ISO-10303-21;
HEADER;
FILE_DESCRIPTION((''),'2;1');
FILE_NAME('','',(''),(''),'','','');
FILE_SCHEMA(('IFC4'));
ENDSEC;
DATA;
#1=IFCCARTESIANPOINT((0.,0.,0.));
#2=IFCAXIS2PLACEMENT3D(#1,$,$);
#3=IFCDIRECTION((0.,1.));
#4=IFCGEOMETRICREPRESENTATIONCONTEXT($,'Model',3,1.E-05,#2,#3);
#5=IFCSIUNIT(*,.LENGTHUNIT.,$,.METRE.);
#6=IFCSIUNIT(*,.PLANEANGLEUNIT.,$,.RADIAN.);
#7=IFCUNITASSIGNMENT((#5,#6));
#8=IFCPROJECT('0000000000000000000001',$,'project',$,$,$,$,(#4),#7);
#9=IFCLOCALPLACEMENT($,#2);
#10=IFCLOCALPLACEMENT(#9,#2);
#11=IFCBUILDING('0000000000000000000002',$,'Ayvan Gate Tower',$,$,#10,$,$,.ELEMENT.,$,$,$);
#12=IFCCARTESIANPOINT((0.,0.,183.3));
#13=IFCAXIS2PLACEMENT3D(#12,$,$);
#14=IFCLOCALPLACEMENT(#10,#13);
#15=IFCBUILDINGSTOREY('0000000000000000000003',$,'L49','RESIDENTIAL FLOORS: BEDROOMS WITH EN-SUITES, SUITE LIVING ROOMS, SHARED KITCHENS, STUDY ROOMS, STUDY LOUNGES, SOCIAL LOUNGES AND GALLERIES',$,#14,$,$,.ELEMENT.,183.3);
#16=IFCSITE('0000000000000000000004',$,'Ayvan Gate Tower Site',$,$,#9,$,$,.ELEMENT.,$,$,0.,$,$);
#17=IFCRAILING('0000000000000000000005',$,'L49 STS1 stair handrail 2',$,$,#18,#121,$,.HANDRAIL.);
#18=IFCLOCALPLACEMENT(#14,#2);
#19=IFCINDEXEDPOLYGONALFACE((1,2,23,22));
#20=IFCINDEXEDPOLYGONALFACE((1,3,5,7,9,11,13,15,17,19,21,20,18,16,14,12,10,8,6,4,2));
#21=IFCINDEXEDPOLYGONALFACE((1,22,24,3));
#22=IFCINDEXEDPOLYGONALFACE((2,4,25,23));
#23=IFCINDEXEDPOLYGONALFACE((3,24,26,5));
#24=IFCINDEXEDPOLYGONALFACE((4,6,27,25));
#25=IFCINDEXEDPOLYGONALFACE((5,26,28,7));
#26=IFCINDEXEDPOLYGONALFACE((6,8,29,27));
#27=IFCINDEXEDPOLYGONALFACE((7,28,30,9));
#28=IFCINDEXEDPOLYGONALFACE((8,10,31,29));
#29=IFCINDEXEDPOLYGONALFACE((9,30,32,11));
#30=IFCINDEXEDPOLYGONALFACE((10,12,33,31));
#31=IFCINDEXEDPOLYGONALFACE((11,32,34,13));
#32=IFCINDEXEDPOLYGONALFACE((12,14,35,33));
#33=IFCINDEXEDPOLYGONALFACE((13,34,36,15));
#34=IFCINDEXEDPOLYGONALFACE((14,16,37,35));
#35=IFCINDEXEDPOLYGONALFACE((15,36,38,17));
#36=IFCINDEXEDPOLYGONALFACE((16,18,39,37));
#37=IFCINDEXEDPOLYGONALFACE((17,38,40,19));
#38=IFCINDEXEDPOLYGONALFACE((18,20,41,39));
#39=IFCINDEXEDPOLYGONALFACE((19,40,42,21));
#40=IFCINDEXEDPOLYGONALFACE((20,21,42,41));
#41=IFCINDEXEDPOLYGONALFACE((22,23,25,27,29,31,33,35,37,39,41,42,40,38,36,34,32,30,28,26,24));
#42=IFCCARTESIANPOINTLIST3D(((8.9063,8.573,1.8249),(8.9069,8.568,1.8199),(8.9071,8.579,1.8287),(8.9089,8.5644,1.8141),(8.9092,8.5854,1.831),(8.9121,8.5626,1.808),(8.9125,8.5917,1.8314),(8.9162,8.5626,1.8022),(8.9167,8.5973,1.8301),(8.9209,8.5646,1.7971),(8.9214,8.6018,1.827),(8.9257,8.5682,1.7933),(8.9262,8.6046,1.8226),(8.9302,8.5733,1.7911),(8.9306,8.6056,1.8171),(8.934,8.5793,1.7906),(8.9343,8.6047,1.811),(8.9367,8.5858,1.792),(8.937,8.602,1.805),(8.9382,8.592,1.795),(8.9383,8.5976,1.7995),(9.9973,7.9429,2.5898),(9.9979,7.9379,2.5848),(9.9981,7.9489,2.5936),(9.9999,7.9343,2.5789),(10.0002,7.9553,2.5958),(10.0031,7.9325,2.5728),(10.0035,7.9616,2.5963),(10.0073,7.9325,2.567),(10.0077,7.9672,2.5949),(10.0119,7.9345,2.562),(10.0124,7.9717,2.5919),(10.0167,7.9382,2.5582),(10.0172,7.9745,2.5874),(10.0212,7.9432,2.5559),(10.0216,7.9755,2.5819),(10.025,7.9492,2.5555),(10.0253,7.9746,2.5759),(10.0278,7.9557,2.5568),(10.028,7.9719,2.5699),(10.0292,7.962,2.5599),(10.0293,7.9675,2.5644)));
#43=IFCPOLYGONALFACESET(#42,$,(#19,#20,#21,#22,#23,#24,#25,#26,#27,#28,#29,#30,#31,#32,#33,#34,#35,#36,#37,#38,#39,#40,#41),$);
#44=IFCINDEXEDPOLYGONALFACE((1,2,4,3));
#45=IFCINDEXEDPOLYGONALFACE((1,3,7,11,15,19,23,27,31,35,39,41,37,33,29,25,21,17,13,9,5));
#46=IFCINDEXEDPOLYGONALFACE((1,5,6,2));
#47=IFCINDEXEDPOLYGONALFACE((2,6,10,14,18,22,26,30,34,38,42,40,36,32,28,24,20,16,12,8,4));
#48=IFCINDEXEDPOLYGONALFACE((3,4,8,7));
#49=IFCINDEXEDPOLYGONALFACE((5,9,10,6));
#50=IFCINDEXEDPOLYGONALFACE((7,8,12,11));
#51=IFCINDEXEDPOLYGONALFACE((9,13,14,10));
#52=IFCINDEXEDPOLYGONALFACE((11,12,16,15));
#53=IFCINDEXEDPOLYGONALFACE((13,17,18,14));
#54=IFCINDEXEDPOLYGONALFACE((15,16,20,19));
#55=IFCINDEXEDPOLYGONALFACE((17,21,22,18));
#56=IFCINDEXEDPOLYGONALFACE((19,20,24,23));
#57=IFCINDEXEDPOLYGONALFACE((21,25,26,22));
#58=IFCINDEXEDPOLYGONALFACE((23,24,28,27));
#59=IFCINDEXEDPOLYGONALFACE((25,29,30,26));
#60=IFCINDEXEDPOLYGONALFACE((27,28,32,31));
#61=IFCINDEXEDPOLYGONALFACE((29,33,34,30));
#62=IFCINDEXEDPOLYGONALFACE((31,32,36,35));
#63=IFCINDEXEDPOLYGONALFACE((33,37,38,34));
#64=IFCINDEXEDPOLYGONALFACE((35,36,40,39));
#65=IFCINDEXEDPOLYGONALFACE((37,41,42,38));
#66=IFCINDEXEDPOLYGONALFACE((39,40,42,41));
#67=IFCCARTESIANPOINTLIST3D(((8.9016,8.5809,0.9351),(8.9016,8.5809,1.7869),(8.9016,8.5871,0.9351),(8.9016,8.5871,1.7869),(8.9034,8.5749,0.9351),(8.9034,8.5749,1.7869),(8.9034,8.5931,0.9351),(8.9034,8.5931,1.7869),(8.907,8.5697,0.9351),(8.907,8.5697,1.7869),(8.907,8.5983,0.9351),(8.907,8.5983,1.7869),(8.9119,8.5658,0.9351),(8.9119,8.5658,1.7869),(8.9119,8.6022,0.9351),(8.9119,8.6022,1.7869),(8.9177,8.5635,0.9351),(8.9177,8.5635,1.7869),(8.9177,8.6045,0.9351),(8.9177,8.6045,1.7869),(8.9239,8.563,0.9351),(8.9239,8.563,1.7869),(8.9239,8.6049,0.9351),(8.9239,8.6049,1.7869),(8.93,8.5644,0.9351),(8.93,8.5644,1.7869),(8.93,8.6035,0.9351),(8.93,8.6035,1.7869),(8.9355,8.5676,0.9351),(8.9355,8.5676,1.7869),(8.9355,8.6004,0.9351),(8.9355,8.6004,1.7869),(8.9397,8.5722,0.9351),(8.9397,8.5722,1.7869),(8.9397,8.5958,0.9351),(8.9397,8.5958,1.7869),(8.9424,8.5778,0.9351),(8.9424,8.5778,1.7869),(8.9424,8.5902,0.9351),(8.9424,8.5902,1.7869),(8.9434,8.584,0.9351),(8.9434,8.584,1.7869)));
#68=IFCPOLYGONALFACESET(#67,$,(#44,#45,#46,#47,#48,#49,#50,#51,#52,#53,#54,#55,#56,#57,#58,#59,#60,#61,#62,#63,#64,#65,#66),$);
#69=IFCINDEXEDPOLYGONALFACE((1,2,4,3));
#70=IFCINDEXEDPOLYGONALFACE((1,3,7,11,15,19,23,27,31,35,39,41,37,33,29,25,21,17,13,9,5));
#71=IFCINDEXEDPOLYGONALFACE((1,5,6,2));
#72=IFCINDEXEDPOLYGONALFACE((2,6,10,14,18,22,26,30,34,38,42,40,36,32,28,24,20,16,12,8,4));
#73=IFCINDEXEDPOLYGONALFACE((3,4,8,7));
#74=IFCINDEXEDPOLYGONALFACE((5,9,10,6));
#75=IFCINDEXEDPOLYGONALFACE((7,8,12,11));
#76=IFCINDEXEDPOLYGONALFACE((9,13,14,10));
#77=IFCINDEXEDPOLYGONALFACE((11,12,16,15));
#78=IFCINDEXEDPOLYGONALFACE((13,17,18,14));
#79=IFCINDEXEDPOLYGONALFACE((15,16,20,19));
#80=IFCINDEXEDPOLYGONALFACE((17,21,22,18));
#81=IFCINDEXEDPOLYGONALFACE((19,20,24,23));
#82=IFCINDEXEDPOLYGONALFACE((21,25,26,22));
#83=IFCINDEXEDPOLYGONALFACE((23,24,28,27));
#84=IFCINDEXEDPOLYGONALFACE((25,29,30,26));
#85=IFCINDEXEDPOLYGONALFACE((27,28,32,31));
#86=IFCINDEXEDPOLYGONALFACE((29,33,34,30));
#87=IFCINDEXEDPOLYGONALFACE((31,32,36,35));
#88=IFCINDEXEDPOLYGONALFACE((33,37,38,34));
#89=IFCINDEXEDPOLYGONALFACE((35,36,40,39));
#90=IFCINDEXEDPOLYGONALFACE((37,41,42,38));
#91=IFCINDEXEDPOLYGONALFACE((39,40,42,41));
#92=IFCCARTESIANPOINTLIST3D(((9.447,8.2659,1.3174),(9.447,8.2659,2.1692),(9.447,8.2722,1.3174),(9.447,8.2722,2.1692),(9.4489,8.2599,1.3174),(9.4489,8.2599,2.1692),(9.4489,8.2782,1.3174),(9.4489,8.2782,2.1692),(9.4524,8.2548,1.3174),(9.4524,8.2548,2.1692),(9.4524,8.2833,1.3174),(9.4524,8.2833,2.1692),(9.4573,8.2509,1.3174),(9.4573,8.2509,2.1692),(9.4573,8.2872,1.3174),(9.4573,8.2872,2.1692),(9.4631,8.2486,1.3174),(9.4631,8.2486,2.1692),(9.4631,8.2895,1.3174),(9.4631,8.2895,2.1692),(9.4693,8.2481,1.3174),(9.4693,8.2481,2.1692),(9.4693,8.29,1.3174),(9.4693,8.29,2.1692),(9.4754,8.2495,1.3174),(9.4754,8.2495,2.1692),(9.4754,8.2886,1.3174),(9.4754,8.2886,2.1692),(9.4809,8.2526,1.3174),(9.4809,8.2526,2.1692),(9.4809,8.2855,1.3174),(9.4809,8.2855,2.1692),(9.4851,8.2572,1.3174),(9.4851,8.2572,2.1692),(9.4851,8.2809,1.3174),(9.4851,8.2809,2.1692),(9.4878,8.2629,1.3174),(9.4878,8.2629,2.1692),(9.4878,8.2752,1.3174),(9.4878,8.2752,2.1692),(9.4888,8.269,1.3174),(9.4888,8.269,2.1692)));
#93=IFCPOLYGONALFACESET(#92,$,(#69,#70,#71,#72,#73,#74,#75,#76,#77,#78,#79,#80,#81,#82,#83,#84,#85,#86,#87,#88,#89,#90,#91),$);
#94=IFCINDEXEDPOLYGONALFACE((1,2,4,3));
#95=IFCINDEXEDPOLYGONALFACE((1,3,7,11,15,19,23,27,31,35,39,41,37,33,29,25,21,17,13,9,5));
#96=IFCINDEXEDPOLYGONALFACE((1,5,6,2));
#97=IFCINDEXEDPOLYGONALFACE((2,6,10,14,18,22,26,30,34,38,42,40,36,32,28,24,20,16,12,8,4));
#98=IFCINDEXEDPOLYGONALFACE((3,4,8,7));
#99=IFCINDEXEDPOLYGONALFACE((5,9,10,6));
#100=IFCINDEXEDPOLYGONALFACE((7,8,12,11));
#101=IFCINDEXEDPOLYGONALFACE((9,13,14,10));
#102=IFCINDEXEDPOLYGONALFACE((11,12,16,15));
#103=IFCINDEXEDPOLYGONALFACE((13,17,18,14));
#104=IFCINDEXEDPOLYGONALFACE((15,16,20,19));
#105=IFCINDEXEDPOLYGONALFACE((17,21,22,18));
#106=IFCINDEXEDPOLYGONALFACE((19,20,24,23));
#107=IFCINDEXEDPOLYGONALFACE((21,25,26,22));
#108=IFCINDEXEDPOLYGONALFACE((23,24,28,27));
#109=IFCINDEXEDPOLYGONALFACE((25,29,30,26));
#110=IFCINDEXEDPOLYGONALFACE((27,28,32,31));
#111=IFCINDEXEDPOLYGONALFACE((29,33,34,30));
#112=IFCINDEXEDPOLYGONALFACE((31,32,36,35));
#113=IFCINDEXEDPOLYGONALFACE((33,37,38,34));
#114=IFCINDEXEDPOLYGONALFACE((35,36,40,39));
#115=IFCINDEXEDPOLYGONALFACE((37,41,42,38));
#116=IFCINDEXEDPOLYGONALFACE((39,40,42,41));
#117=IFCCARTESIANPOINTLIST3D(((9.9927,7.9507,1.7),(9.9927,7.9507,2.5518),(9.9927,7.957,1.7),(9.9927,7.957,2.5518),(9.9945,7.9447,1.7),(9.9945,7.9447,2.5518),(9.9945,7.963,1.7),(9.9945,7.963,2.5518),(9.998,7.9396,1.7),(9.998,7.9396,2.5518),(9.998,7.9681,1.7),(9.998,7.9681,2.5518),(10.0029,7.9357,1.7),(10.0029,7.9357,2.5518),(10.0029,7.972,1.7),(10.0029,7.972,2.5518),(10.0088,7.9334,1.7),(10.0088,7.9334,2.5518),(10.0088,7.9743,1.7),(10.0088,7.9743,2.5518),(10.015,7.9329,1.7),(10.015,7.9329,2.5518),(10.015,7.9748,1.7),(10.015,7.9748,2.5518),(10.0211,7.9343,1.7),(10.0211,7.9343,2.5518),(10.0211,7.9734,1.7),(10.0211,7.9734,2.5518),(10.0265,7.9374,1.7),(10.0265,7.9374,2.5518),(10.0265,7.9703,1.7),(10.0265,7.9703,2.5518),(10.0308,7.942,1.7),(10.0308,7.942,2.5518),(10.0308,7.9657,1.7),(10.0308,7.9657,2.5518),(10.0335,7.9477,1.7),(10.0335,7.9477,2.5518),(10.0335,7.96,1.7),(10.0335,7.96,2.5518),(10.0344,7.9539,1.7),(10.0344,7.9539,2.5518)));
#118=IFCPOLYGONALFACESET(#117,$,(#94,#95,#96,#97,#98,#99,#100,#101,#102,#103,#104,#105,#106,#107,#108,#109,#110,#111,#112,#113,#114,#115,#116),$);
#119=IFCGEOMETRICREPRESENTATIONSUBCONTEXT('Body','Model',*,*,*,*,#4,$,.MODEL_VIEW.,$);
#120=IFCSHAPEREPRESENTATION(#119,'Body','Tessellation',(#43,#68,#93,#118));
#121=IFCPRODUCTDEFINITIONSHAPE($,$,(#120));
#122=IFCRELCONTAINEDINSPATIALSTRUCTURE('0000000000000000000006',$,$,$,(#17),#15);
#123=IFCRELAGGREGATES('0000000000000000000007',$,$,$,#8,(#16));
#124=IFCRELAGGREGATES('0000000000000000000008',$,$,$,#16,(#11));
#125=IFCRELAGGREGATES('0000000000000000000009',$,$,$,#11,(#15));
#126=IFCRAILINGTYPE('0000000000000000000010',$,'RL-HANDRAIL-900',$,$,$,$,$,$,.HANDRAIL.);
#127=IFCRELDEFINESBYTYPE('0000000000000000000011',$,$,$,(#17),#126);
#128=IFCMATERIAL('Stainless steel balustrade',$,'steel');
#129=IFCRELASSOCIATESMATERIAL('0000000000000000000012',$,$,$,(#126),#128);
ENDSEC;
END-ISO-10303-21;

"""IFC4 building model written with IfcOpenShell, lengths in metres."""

from ifc_helpers import new_model, si_unit, direction, frame, origin, origin_2d, place, context, subcontext, project, spatial, circle, extrude, material, type_object, element, save


model = new_model("IFC4")

# Units and contexts
model_context = context("Model", 3, precision=1e-05, world=origin(), true_north=direction((0.0, 1.0)))
body_context = subcontext(model_context, "Body", "Model", "MODEL_VIEW")
ifc_project = project(units=[si_unit("LENGTHUNIT", "METRE"), si_unit("PLANEANGLEUNIT", "RADIAN")], contexts=[model_context])

# Site, building, storey
site_placement = place(None, origin())
site = spatial("IfcSite", under=ifc_project, at=site_placement, Name="Ayvan Gate Tower Site", CompositionType="ELEMENT", RefElevation=0.0)
building_placement = place(site_placement, origin())
building = spatial("IfcBuilding", under=site, at=building_placement, Name="Ayvan Gate Tower", CompositionType="ELEMENT")
storey_placement = place(building_placement, frame((0.0, 0.0, 183.3)))
storey = spatial("IfcBuildingStorey", under=building, at=storey_placement, Name="L49", Description="RESIDENTIAL FLOORS: BEDROOMS WITH EN-SUITES, SUITE LIVING ROOMS, SHARED KITCHENS, STUDY ROOMS, STUDY LOUNGES, SOCIAL LOUNGES AND GALLERIES", CompositionType="ELEMENT", Elevation=183.3)

# Railing
ifc_material_1 = material(Name="Stainless steel balustrade", Category="steel")
railing_type_1 = type_object("IfcRailingType", Name="RL-HANDRAIL-900", PredefinedType="HANDRAIL", material=ifc_material_1)
railing_1_placement = place(storey_placement, frame((8.9224, 8.584, 0.9351)))
element("IfcRailing", 1, at=railing_1_placement, inside=storey, type_object=railing_type_1, Name="L49 STS1 stair handrail 2", PredefinedType="HANDRAIL", context=body_context, shape_type="SweptSolid", body=[
    extrude(circle(Radius=0.0239, at=origin_2d()), frame((0.0, 0.0, 0.876), z_axis=(0.740229, -0.427508, 0.518939), x_axis=(0.500119, 0.865956, 0.0)), (0.0, 0.0, 1.0), 1.4739),
    extrude(circle(Radius=0.021, at=origin_2d()), origin(), (0.0, 0.0, 1.0), 0.8518),
    extrude(circle(Radius=0.021, at=origin_2d()), frame((0.5454, -0.3149, 0.3823)), (0.0, 0.0, 1.0), 0.8518),
    extrude(circle(Radius=0.021, at=origin_2d()), frame((1.0911, -0.6301, 0.7649)), (0.0, 0.0, 1.0), 0.8518),
])

save(model, "model.ifc")
